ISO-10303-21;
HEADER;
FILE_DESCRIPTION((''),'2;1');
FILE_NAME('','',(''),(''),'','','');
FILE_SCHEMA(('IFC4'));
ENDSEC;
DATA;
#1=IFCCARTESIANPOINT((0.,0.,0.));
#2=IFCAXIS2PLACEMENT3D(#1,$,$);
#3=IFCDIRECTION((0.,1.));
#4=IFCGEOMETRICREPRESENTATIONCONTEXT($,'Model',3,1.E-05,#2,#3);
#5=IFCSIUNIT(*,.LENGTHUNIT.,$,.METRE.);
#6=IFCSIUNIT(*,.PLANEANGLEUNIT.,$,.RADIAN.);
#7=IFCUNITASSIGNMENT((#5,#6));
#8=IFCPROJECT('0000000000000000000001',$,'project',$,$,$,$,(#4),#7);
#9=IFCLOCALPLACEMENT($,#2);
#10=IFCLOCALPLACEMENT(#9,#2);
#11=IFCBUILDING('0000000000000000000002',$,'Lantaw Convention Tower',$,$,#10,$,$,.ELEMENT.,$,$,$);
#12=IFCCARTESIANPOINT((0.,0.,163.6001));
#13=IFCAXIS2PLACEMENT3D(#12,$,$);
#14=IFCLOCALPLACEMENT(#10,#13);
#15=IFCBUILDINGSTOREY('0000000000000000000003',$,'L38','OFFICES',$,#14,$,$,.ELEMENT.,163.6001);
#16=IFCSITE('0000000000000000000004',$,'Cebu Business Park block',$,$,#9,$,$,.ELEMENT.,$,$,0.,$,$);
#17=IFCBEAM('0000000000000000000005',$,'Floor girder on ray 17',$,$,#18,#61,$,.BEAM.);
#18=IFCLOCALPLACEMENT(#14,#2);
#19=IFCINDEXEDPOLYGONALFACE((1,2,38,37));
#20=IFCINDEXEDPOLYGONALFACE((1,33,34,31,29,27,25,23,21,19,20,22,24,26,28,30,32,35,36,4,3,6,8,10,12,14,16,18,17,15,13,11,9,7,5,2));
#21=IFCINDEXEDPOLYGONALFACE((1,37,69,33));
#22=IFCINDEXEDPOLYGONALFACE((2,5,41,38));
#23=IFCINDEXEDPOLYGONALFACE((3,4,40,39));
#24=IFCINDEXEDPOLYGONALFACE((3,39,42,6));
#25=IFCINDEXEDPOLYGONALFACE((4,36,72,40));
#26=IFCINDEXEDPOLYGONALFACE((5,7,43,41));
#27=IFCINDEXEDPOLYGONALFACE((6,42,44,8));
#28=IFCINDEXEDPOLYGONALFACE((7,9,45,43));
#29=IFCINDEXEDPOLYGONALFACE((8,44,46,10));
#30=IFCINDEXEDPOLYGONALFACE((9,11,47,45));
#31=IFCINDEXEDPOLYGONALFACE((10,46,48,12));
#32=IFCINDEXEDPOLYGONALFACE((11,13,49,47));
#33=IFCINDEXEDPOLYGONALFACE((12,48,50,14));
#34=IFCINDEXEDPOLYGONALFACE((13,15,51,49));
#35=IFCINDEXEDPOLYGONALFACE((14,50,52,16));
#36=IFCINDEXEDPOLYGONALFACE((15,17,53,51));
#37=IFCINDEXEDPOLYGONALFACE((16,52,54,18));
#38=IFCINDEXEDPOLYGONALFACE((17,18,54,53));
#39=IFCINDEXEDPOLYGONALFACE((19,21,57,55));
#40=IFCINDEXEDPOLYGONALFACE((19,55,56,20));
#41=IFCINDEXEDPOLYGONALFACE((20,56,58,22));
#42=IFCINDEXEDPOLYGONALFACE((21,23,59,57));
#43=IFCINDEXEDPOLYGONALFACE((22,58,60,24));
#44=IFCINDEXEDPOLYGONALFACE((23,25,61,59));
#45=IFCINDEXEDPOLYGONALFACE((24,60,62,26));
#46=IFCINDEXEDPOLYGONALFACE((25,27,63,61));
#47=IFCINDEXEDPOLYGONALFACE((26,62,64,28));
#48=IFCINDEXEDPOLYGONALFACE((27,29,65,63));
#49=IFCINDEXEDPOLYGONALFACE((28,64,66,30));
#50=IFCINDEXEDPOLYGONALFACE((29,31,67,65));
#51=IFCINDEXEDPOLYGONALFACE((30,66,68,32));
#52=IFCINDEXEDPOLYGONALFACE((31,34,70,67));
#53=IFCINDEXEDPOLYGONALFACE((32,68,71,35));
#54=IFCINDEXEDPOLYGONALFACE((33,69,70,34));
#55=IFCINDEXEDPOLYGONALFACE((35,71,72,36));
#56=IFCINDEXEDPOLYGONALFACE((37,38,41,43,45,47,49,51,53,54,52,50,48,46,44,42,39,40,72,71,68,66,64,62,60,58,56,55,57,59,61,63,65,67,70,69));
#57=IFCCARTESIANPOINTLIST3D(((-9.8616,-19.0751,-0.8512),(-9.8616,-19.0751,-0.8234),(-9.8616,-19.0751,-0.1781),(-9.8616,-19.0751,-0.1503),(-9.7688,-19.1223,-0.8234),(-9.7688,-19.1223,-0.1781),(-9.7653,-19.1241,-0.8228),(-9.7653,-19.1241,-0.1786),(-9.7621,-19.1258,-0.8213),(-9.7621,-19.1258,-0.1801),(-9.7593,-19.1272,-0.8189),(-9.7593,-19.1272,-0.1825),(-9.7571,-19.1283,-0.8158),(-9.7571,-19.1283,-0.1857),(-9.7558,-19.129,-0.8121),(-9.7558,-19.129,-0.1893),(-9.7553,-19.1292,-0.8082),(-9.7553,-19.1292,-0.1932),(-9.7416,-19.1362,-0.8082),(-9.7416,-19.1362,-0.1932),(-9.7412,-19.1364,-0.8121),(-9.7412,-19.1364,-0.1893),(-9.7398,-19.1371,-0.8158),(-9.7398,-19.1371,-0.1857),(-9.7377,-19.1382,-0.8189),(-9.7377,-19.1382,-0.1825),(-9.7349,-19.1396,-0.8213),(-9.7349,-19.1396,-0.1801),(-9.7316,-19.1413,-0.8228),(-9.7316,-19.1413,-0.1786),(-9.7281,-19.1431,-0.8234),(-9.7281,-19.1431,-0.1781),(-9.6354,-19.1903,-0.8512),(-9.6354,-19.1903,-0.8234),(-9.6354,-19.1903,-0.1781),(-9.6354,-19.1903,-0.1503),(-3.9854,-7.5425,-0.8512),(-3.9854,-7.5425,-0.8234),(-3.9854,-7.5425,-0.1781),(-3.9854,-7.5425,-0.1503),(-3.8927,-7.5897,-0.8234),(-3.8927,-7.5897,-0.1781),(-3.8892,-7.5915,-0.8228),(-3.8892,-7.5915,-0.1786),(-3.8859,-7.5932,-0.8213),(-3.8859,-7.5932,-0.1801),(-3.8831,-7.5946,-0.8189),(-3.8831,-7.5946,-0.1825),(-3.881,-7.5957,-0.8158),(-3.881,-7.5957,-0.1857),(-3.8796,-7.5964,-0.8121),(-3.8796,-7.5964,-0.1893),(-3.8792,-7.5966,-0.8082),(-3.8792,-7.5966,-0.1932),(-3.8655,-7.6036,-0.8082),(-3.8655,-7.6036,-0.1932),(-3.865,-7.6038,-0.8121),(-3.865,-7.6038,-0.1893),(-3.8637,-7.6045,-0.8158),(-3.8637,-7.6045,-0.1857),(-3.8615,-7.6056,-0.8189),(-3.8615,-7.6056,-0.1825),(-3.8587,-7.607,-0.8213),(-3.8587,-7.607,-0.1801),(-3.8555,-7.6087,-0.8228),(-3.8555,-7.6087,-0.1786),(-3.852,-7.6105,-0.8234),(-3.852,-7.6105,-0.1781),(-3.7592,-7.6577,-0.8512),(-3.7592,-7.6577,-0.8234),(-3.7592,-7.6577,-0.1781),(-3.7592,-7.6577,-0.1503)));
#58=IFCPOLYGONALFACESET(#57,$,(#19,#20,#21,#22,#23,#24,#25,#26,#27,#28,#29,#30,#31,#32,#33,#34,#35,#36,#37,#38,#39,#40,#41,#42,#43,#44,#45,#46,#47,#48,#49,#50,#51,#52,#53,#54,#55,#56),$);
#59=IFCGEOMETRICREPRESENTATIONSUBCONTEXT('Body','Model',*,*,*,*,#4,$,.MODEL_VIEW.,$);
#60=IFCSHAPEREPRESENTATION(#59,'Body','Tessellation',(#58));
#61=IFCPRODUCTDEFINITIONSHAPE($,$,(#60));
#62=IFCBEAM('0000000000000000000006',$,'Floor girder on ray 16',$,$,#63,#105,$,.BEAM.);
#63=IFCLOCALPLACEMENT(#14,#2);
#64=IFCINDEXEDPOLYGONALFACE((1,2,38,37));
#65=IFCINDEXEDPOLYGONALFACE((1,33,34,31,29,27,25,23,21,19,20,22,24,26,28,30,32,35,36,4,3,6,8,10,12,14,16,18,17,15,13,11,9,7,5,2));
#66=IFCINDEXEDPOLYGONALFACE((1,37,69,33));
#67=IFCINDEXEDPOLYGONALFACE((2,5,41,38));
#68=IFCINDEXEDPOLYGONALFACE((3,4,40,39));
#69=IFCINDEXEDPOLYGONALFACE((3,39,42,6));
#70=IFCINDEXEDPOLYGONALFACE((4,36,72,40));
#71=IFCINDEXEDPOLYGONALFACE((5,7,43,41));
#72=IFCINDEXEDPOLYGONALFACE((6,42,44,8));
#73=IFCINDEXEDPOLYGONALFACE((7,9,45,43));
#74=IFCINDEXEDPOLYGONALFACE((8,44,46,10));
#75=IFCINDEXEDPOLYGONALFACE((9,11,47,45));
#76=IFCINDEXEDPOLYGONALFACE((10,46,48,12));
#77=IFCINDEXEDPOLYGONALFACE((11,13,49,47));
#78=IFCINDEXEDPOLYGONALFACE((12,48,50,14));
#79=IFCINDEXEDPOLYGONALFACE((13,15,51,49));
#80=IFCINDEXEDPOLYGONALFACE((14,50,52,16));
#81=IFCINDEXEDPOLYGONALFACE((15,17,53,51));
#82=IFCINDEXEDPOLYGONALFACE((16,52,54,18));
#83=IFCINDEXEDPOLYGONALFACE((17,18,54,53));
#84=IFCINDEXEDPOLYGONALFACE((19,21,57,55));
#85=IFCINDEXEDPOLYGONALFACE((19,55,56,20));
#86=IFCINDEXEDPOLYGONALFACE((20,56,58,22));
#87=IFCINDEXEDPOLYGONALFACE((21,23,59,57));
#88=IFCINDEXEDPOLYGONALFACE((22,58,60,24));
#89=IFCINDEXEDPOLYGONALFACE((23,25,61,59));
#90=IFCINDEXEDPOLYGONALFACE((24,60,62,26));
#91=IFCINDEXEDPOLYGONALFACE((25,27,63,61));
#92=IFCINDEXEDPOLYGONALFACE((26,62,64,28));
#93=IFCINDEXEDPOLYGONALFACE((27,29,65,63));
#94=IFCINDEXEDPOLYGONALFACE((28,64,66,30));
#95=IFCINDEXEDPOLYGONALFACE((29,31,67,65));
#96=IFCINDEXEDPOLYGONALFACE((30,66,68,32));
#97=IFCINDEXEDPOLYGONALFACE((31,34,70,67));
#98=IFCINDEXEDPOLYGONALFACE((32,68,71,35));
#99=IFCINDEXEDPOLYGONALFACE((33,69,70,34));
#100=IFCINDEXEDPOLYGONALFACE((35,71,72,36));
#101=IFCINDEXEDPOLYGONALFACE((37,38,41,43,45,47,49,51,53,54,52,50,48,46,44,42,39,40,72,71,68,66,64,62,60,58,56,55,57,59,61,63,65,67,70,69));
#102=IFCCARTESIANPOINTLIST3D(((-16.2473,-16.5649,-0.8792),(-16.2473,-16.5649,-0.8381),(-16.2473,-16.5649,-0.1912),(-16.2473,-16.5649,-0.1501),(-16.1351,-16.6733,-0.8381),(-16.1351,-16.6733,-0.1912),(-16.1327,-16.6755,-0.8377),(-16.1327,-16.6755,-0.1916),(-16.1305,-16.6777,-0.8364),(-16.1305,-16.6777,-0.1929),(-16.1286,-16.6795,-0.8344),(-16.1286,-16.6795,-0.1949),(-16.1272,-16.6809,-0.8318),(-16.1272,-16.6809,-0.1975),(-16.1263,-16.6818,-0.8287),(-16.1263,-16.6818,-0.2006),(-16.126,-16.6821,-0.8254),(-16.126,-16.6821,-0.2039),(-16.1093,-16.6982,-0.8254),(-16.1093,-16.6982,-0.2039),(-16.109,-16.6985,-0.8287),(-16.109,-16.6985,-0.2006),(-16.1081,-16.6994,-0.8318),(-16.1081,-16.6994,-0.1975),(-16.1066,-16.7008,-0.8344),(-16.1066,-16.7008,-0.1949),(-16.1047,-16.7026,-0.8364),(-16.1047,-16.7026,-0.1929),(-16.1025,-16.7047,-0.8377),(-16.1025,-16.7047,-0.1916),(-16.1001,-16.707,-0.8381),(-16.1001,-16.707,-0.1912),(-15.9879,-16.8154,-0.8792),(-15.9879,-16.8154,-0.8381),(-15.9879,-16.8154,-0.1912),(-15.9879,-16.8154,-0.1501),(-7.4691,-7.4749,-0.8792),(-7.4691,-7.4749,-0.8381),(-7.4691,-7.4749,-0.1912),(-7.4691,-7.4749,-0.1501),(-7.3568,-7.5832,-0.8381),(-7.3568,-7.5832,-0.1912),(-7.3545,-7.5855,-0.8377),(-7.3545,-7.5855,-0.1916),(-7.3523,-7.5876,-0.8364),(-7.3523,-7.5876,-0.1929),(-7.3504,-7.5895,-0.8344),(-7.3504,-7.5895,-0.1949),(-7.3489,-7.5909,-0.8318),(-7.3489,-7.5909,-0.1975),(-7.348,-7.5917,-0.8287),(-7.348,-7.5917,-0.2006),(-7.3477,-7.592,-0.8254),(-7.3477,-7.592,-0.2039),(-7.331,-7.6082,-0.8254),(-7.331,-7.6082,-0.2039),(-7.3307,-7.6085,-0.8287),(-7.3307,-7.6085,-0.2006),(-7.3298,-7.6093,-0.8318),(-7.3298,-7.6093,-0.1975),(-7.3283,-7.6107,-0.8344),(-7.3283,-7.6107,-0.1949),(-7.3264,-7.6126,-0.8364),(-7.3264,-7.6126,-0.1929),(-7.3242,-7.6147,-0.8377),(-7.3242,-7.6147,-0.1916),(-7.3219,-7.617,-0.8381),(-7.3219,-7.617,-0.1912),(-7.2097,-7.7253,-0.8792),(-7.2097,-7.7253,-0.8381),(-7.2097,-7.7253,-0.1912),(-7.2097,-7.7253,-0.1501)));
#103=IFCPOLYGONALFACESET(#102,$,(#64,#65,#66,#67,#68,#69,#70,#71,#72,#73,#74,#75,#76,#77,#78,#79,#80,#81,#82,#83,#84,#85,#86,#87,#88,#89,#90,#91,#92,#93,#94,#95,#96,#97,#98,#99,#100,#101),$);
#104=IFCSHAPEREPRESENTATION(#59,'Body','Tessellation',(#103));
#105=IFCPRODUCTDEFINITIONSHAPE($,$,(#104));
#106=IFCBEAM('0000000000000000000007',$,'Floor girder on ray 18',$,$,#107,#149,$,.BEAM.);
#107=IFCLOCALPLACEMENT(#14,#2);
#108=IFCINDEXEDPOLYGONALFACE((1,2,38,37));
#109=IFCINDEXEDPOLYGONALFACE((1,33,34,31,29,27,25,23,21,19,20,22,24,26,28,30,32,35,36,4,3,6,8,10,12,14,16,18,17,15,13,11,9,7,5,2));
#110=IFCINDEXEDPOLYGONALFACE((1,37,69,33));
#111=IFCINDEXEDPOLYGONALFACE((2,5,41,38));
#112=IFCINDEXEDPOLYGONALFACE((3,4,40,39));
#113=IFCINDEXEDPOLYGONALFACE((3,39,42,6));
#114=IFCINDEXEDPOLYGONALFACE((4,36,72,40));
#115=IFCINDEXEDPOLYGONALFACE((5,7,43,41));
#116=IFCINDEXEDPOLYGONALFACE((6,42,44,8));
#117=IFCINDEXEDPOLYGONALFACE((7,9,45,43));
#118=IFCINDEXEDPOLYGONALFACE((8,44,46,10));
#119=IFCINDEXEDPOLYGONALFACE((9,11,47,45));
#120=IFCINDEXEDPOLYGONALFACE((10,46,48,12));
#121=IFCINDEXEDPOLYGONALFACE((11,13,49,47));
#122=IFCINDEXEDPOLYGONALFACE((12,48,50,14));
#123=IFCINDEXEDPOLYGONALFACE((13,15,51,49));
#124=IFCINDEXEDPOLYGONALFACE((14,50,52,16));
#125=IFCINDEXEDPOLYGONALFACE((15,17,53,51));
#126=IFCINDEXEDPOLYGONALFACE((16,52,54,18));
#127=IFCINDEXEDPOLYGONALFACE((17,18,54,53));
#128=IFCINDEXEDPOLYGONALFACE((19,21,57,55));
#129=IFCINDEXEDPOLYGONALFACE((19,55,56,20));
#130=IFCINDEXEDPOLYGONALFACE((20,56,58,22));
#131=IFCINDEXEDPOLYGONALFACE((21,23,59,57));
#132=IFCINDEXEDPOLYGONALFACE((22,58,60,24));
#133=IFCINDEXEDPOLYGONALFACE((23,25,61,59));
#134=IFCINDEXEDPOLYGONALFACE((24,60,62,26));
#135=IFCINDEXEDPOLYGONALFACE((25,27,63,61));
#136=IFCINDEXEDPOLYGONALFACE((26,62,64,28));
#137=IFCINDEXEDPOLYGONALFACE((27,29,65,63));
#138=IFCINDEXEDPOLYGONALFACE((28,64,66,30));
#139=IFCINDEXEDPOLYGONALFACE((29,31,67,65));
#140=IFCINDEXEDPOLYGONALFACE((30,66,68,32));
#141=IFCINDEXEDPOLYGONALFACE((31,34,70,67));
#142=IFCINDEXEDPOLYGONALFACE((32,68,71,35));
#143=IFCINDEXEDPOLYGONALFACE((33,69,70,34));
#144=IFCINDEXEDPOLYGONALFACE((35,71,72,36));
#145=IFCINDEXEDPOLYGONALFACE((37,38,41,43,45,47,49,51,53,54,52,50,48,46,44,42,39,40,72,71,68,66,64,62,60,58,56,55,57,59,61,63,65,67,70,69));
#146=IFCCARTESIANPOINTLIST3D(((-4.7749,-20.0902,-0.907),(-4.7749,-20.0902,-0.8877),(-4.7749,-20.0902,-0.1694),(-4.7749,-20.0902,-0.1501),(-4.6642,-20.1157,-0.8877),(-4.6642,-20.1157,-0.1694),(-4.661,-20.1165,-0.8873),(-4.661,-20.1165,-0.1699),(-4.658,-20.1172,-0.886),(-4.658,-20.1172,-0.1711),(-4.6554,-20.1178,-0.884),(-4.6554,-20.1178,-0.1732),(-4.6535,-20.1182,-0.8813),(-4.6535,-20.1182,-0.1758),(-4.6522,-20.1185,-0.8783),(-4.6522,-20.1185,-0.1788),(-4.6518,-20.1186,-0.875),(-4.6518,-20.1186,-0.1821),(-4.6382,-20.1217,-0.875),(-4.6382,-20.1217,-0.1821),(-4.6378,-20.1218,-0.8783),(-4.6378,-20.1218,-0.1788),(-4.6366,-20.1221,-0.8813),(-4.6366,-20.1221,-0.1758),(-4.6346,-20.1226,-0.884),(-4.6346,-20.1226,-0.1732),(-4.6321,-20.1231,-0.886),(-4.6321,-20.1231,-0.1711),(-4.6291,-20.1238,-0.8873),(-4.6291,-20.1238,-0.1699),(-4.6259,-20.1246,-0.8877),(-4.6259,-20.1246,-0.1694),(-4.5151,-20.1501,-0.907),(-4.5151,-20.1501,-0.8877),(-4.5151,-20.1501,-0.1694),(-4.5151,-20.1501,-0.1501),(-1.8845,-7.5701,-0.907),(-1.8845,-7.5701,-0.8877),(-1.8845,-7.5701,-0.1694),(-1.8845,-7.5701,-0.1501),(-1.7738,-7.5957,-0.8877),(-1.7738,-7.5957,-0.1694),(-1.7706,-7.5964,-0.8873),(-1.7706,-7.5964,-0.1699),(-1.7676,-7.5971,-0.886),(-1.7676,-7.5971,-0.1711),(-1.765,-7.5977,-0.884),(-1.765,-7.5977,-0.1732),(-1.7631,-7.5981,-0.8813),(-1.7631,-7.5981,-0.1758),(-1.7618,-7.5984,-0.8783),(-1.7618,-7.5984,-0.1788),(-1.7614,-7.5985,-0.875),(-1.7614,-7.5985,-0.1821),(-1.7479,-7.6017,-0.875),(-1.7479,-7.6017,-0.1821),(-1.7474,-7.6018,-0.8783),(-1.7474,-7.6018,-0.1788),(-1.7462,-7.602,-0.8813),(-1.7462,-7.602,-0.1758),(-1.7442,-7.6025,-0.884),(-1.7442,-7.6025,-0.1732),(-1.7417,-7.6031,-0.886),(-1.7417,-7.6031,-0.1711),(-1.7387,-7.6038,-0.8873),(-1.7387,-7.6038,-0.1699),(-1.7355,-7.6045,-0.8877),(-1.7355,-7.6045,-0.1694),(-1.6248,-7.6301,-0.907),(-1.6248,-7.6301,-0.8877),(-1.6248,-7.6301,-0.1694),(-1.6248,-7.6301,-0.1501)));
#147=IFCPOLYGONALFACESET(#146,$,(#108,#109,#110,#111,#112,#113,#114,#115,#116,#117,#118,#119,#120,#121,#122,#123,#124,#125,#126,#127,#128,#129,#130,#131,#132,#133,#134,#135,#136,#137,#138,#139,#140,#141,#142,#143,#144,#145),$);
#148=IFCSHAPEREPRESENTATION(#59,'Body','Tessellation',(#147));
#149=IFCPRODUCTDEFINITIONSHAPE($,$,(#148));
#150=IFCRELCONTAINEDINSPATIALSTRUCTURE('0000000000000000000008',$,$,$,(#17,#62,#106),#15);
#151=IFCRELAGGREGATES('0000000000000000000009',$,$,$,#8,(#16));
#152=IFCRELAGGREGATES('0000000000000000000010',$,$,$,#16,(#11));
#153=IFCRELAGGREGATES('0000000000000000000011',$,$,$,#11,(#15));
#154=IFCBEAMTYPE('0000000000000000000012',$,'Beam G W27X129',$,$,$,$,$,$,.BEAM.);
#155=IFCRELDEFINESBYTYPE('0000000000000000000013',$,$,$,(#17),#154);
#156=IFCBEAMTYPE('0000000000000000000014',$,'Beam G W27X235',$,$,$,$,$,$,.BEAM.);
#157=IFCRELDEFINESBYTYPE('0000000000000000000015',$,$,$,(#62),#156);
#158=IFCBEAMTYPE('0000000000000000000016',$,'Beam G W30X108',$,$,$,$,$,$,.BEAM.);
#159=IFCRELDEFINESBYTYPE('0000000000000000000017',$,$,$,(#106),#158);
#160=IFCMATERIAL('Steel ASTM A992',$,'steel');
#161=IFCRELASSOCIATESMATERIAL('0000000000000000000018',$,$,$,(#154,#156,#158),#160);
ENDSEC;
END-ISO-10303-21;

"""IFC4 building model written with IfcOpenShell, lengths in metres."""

from ifc_helpers import new_model, si_unit, direction, frame, origin, origin_2d, place, context, subcontext, project, spatial, i_section, extrude, material, material_profile, profile_set, type_object, element, save


model = new_model("IFC4")

# Units and contexts
model_context = context("Model", 3, precision=1e-05, world=origin(), true_north=direction((0.0, 1.0)))
body_context = subcontext(model_context, "Body", "Model", "MODEL_VIEW")
ifc_project = project(units=[si_unit("LENGTHUNIT", "METRE"), si_unit("PLANEANGLEUNIT", "RADIAN")], contexts=[model_context])

# Site, building, storey
site_placement = place(None, origin())
site = spatial("IfcSite", under=ifc_project, at=site_placement, Name="Cebu Business Park block", CompositionType="ELEMENT", RefElevation=0.0)
building_placement = place(site_placement, origin())
building = spatial("IfcBuilding", under=site, at=building_placement, Name="Lantaw Convention Tower", CompositionType="ELEMENT")
storey_placement = place(building_placement, frame((0.0, 0.0, 163.6001)))
storey = spatial("IfcBuildingStorey", under=building, at=storey_placement, Name="L38", Description="OFFICES", CompositionType="ELEMENT", Elevation=163.6001)

# Beams
ifc_material_1 = material(Name="Steel ASTM A992", Category="steel")
ifc_material_profile_1 = material_profile(ifc_material_1, i_section(OverallWidth=0.2539, OverallDepth=0.7009, WebThickness=0.0154, FlangeThickness=0.0278, FilletRadius=0.0151, at=origin_2d()), Name="W27X129")
ifc_profile_set_1 = profile_set([ifc_material_profile_1], Name="Steel ASTM A992")
beam_type_1 = type_object("IfcBeamType", Name="Beam G W27X129", PredefinedType="BEAM", material=ifc_profile_set_1)
beam_1_placement = place(storey_placement, frame((-3.8723, -7.6001, -0.5007), z_axis=(-0.453991, -0.891006, 0.0), x_axis=(0.891006, -0.453991, 0.0)))
element("IfcBeam", 1, at=beam_1_placement, inside=storey, type_object=beam_type_1, Name="Floor girder on ray 17", PredefinedType="BEAM", context=body_context, shape_type="SweptSolid", body=[
    extrude(i_section(OverallWidth=0.2539, OverallDepth=0.7009, WebThickness=0.0154, FlangeThickness=0.0278, FilletRadius=0.0151, at=origin_2d()), origin(), (0.0, 0.0, 1.0), 12.9434),
])
ifc_material_profile_2 = material_profile(ifc_material_1, i_section(OverallWidth=0.3606, OverallDepth=0.729, WebThickness=0.0232, FlangeThickness=0.041, FilletRadius=0.0127, at=origin_2d()), Name="W27X235")
ifc_profile_set_2 = profile_set([ifc_material_profile_2], Name="Steel ASTM A992")
beam_type_2 = type_object("IfcBeamType", Name="Beam G W27X235", PredefinedType="BEAM", material=ifc_profile_set_2)
beam_2_placement = place(storey_placement, frame((-7.3394, -7.6001, -0.5146), z_axis=(-0.694663, -0.719335, 0.0), x_axis=(0.719335, -0.694663, 0.0)))
element("IfcBeam", 2, at=beam_2_placement, inside=storey, type_object=beam_type_2, Name="Floor girder on ray 16", PredefinedType="BEAM", context=body_context, shape_type="SweptSolid", body=[
    extrude(i_section(OverallWidth=0.3606, OverallDepth=0.729, WebThickness=0.0232, FlangeThickness=0.041, FilletRadius=0.0127, at=origin_2d()), origin(), (0.0, 0.0, 1.0), 12.6367),
])
ifc_material_profile_3 = material_profile(ifc_material_1, i_section(OverallWidth=0.2666, OverallDepth=0.7568, WebThickness=0.0139, FlangeThickness=0.0193, FilletRadius=0.0127, at=origin_2d()), Name="W30X108")
ifc_profile_set_3 = profile_set([ifc_material_profile_3], Name="Steel ASTM A992")
beam_type_3 = type_object("IfcBeamType", Name="Beam G W30X108", PredefinedType="BEAM", material=ifc_profile_set_3)
beam_3_placement = place(storey_placement, frame((-1.7546, -7.6001, -0.5286), z_axis=(-0.224944, -0.974372, 0.0), x_axis=(0.974372, -0.224944, 0.0)))
element("IfcBeam", 3, at=beam_3_placement, inside=storey, type_object=beam_type_3, Name="Floor girder on ray 18", PredefinedType="BEAM", context=body_context, shape_type="SweptSolid", body=[
    extrude(i_section(OverallWidth=0.2666, OverallDepth=0.7568, WebThickness=0.0139, FlangeThickness=0.0193, FilletRadius=0.0127, at=origin_2d()), origin(), (0.0, 0.0, 1.0), 12.8494),
])

save(model, "model.ifc")
